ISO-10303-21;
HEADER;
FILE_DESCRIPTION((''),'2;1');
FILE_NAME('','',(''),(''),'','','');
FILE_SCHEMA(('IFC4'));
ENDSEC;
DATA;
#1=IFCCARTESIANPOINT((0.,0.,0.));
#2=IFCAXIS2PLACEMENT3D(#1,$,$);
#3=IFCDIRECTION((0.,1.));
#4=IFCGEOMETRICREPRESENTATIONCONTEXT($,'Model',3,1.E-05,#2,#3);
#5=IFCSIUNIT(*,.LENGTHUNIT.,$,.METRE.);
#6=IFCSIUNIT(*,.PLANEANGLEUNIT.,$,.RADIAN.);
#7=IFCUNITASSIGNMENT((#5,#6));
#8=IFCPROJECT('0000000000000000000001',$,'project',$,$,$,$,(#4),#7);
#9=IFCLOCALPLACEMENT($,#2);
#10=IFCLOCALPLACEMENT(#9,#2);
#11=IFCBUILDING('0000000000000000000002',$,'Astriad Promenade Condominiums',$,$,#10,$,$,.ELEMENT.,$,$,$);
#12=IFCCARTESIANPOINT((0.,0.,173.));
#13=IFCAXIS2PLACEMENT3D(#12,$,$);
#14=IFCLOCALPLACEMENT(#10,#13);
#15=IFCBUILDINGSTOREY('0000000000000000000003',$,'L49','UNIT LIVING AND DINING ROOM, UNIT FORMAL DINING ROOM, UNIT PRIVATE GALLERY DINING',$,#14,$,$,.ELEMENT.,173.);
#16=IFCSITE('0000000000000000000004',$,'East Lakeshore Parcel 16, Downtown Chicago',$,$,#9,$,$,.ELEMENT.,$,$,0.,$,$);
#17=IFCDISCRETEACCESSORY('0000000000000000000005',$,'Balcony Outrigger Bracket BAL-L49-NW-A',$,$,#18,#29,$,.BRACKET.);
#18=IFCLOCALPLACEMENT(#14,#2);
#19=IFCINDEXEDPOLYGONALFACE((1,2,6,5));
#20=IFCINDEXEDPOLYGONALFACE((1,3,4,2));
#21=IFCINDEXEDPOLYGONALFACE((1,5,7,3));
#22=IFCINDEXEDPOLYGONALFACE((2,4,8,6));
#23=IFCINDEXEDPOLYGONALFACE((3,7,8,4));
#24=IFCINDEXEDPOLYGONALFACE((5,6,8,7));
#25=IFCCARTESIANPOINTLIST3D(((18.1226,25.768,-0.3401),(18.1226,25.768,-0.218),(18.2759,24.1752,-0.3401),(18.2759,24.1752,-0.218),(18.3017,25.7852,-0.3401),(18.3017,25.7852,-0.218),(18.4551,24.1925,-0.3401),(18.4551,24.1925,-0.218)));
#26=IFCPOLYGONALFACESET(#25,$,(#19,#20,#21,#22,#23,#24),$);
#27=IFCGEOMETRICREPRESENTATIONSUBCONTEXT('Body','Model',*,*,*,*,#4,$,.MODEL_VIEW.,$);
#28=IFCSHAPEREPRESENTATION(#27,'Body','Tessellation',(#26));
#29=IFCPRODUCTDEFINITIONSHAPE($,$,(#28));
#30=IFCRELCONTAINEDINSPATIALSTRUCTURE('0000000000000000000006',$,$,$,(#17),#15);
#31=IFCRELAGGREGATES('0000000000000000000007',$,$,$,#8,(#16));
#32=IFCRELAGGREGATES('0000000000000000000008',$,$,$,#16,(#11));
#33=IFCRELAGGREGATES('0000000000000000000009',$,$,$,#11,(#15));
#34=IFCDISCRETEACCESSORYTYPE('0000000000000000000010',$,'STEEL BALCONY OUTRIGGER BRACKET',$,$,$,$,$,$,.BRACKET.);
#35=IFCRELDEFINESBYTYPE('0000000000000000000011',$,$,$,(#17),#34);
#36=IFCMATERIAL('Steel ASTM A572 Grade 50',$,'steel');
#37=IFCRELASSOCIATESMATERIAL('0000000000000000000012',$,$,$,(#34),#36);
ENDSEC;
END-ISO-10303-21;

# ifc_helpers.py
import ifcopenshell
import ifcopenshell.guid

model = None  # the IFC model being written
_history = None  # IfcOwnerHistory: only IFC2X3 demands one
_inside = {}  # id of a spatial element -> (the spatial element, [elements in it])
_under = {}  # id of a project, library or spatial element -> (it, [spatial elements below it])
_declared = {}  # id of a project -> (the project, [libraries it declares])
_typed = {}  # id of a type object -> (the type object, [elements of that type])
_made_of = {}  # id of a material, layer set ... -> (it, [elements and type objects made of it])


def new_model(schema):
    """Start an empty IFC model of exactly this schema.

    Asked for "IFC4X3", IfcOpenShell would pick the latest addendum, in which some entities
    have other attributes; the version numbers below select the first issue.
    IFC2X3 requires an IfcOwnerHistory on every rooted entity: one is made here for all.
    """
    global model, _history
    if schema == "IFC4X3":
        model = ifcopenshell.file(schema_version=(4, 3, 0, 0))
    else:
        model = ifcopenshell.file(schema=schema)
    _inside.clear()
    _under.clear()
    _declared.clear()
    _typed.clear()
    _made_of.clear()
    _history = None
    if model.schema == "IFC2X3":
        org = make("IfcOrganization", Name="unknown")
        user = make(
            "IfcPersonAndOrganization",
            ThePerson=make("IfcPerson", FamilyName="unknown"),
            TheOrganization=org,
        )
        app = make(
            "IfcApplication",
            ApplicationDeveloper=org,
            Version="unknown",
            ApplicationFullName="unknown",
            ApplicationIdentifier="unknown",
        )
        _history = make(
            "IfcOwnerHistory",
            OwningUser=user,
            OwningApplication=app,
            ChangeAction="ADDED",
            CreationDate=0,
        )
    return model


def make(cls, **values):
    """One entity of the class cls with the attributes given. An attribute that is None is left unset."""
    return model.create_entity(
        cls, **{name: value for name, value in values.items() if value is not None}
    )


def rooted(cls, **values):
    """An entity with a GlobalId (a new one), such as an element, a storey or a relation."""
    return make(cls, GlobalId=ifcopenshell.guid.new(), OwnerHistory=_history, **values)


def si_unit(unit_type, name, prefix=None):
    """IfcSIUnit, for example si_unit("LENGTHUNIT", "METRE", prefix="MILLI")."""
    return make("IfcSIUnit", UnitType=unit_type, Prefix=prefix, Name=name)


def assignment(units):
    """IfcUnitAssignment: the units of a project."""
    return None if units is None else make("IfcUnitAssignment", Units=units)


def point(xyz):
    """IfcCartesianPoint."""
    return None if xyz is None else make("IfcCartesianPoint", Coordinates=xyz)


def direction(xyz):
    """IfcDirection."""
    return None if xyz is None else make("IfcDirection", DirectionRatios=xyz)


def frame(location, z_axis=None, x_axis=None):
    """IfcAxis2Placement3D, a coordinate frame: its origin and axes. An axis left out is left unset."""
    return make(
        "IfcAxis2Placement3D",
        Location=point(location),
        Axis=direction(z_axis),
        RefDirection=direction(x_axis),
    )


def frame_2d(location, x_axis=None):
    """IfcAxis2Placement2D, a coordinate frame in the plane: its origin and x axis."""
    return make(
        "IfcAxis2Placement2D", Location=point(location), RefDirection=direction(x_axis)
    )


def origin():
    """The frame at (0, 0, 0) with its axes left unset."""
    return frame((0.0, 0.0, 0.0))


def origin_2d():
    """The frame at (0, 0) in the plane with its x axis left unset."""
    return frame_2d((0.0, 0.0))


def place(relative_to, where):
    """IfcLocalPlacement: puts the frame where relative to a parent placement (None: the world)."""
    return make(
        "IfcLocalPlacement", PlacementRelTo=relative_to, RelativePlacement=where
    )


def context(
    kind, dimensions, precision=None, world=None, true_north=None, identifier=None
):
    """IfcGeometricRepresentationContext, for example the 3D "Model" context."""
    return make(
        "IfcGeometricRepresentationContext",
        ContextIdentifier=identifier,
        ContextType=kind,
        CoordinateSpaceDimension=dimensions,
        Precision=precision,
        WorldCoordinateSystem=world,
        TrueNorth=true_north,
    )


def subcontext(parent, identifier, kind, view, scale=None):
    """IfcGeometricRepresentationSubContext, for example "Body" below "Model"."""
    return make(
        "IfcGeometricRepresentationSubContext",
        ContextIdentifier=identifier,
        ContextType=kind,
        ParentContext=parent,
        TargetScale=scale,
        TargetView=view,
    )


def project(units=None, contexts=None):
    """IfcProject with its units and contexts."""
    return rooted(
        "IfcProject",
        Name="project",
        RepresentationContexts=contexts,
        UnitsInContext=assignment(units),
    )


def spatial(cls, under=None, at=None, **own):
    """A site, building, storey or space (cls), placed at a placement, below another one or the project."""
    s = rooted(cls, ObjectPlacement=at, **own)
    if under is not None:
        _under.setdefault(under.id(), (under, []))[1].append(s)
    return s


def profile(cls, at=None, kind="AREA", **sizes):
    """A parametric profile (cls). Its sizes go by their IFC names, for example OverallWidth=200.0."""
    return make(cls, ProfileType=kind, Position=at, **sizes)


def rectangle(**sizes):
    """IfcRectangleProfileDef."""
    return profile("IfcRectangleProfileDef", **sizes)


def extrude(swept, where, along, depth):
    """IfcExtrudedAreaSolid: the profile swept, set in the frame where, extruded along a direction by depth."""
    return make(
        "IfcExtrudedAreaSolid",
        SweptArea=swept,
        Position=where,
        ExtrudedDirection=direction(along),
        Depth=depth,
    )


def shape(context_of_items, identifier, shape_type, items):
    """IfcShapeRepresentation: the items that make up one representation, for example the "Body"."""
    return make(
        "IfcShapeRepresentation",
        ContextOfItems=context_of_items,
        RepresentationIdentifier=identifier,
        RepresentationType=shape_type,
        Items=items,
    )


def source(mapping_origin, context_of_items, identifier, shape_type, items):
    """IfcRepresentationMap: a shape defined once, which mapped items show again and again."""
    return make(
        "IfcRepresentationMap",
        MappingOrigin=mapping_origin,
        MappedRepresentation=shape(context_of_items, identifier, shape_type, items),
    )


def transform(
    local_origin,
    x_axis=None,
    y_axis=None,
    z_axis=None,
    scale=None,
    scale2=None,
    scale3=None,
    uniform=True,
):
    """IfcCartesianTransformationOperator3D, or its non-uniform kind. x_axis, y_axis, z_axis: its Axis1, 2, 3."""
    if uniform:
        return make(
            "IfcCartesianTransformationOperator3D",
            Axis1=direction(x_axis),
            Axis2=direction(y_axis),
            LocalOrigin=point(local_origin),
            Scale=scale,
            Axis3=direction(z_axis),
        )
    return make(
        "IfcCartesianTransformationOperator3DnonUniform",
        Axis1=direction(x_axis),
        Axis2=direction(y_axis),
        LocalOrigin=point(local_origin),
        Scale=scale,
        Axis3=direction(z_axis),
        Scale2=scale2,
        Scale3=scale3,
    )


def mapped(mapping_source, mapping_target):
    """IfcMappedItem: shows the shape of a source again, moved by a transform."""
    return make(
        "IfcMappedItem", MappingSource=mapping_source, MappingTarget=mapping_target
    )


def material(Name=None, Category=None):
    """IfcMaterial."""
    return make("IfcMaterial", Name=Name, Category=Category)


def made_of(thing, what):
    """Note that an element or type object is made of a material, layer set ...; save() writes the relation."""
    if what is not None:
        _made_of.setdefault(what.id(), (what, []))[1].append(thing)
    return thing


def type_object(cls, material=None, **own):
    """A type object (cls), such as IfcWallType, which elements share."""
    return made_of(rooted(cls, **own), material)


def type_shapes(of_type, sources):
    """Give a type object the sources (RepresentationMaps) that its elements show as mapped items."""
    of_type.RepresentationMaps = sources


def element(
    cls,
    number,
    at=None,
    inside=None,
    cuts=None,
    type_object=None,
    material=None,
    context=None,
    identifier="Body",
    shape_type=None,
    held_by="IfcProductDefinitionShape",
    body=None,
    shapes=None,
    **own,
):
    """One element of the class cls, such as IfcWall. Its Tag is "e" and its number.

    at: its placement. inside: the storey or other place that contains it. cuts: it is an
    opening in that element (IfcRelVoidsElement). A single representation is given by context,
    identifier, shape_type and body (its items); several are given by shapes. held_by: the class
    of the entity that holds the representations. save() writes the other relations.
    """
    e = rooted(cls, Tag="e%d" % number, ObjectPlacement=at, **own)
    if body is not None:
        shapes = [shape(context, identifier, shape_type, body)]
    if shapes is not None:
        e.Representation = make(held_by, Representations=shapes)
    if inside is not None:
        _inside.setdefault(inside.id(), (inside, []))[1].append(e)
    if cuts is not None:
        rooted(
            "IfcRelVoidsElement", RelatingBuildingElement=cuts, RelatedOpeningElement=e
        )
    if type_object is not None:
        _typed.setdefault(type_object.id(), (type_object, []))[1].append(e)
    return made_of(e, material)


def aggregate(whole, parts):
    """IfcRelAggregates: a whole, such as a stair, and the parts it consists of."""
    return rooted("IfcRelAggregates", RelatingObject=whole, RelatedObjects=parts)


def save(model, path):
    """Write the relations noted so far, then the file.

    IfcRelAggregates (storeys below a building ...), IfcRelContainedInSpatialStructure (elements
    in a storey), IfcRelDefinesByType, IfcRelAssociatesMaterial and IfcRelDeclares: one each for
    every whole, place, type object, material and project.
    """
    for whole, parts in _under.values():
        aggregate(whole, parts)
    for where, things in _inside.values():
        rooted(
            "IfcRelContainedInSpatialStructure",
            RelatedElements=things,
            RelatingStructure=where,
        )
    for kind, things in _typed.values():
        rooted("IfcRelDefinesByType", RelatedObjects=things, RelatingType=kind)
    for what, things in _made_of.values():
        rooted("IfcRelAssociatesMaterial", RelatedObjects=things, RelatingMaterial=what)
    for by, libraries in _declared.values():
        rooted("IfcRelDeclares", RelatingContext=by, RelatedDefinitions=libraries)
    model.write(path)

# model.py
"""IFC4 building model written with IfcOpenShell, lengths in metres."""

from ifc_helpers import new_model, si_unit, direction, frame, origin, origin_2d, place, context, subcontext, project, spatial, rectangle, extrude, source, transform, mapped, material, type_object, type_shapes, element, save


model = new_model("IFC4")

# Units and contexts
model_context = context("Model", 3, precision=1e-05, world=origin(), true_north=direction((0.0, 1.0)))
body_context = subcontext(model_context, "Body", "Model", "MODEL_VIEW")
ifc_project = project(units=[si_unit("LENGTHUNIT", "METRE"), si_unit("PLANEANGLEUNIT", "RADIAN")], contexts=[model_context])

# Site, building, storey
site_placement = place(None, origin())
site = spatial("IfcSite", under=ifc_project, at=site_placement, Name="East Lakeshore Parcel 16, Downtown Chicago", CompositionType="ELEMENT", RefElevation=0.0)
building_placement = place(site_placement, origin())
building = spatial("IfcBuilding", under=site, at=building_placement, Name="Astriad Promenade Condominiums", CompositionType="ELEMENT")
storey_placement = place(building_placement, frame((0.0, 0.0, 173.0)))
storey = spatial("IfcBuildingStorey", under=building, at=storey_placement, Name="L49", Description="UNIT LIVING AND DINING ROOM, UNIT FORMAL DINING ROOM, UNIT PRIVATE GALLERY DINING", CompositionType="ELEMENT", Elevation=173.0)

# Discrete accessory
ifc_material_1 = material(Name="Steel ASTM A572 Grade 50", Category="steel")
discrete_accessory_type = type_object("IfcDiscreteAccessoryType", Name="STEEL BALCONY OUTRIGGER BRACKET", PredefinedType="BRACKET", material=ifc_material_1)
shared_shape_1 = source(origin(), body_context, "Body", "SweptSolid", [
    extrude(rectangle(XDim=1.6001, YDim=0.1799, at=origin_2d()), origin(), (0.0, 0.0, 1.0), 0.1221),
])
type_shapes(discrete_accessory_type, [shared_shape_1])
discrete_accessory_placement = place(storey_placement, frame((18.2888, 24.9802, -0.3401), z_axis=(0.0, 0.0, 1.0), x_axis=(-0.095846, 0.995396, 0.0)))
element("IfcDiscreteAccessory", 1, at=discrete_accessory_placement, inside=storey, type_object=discrete_accessory_type, Name="Balcony Outrigger Bracket BAL-L49-NW-A", PredefinedType="BRACKET", context=body_context, shape_type="MappedRepresentation", body=[
    mapped(shared_shape_1, transform((0.0, 0.0, 0.0), scale=1.0)),
])

save(model, "model.ifc")
